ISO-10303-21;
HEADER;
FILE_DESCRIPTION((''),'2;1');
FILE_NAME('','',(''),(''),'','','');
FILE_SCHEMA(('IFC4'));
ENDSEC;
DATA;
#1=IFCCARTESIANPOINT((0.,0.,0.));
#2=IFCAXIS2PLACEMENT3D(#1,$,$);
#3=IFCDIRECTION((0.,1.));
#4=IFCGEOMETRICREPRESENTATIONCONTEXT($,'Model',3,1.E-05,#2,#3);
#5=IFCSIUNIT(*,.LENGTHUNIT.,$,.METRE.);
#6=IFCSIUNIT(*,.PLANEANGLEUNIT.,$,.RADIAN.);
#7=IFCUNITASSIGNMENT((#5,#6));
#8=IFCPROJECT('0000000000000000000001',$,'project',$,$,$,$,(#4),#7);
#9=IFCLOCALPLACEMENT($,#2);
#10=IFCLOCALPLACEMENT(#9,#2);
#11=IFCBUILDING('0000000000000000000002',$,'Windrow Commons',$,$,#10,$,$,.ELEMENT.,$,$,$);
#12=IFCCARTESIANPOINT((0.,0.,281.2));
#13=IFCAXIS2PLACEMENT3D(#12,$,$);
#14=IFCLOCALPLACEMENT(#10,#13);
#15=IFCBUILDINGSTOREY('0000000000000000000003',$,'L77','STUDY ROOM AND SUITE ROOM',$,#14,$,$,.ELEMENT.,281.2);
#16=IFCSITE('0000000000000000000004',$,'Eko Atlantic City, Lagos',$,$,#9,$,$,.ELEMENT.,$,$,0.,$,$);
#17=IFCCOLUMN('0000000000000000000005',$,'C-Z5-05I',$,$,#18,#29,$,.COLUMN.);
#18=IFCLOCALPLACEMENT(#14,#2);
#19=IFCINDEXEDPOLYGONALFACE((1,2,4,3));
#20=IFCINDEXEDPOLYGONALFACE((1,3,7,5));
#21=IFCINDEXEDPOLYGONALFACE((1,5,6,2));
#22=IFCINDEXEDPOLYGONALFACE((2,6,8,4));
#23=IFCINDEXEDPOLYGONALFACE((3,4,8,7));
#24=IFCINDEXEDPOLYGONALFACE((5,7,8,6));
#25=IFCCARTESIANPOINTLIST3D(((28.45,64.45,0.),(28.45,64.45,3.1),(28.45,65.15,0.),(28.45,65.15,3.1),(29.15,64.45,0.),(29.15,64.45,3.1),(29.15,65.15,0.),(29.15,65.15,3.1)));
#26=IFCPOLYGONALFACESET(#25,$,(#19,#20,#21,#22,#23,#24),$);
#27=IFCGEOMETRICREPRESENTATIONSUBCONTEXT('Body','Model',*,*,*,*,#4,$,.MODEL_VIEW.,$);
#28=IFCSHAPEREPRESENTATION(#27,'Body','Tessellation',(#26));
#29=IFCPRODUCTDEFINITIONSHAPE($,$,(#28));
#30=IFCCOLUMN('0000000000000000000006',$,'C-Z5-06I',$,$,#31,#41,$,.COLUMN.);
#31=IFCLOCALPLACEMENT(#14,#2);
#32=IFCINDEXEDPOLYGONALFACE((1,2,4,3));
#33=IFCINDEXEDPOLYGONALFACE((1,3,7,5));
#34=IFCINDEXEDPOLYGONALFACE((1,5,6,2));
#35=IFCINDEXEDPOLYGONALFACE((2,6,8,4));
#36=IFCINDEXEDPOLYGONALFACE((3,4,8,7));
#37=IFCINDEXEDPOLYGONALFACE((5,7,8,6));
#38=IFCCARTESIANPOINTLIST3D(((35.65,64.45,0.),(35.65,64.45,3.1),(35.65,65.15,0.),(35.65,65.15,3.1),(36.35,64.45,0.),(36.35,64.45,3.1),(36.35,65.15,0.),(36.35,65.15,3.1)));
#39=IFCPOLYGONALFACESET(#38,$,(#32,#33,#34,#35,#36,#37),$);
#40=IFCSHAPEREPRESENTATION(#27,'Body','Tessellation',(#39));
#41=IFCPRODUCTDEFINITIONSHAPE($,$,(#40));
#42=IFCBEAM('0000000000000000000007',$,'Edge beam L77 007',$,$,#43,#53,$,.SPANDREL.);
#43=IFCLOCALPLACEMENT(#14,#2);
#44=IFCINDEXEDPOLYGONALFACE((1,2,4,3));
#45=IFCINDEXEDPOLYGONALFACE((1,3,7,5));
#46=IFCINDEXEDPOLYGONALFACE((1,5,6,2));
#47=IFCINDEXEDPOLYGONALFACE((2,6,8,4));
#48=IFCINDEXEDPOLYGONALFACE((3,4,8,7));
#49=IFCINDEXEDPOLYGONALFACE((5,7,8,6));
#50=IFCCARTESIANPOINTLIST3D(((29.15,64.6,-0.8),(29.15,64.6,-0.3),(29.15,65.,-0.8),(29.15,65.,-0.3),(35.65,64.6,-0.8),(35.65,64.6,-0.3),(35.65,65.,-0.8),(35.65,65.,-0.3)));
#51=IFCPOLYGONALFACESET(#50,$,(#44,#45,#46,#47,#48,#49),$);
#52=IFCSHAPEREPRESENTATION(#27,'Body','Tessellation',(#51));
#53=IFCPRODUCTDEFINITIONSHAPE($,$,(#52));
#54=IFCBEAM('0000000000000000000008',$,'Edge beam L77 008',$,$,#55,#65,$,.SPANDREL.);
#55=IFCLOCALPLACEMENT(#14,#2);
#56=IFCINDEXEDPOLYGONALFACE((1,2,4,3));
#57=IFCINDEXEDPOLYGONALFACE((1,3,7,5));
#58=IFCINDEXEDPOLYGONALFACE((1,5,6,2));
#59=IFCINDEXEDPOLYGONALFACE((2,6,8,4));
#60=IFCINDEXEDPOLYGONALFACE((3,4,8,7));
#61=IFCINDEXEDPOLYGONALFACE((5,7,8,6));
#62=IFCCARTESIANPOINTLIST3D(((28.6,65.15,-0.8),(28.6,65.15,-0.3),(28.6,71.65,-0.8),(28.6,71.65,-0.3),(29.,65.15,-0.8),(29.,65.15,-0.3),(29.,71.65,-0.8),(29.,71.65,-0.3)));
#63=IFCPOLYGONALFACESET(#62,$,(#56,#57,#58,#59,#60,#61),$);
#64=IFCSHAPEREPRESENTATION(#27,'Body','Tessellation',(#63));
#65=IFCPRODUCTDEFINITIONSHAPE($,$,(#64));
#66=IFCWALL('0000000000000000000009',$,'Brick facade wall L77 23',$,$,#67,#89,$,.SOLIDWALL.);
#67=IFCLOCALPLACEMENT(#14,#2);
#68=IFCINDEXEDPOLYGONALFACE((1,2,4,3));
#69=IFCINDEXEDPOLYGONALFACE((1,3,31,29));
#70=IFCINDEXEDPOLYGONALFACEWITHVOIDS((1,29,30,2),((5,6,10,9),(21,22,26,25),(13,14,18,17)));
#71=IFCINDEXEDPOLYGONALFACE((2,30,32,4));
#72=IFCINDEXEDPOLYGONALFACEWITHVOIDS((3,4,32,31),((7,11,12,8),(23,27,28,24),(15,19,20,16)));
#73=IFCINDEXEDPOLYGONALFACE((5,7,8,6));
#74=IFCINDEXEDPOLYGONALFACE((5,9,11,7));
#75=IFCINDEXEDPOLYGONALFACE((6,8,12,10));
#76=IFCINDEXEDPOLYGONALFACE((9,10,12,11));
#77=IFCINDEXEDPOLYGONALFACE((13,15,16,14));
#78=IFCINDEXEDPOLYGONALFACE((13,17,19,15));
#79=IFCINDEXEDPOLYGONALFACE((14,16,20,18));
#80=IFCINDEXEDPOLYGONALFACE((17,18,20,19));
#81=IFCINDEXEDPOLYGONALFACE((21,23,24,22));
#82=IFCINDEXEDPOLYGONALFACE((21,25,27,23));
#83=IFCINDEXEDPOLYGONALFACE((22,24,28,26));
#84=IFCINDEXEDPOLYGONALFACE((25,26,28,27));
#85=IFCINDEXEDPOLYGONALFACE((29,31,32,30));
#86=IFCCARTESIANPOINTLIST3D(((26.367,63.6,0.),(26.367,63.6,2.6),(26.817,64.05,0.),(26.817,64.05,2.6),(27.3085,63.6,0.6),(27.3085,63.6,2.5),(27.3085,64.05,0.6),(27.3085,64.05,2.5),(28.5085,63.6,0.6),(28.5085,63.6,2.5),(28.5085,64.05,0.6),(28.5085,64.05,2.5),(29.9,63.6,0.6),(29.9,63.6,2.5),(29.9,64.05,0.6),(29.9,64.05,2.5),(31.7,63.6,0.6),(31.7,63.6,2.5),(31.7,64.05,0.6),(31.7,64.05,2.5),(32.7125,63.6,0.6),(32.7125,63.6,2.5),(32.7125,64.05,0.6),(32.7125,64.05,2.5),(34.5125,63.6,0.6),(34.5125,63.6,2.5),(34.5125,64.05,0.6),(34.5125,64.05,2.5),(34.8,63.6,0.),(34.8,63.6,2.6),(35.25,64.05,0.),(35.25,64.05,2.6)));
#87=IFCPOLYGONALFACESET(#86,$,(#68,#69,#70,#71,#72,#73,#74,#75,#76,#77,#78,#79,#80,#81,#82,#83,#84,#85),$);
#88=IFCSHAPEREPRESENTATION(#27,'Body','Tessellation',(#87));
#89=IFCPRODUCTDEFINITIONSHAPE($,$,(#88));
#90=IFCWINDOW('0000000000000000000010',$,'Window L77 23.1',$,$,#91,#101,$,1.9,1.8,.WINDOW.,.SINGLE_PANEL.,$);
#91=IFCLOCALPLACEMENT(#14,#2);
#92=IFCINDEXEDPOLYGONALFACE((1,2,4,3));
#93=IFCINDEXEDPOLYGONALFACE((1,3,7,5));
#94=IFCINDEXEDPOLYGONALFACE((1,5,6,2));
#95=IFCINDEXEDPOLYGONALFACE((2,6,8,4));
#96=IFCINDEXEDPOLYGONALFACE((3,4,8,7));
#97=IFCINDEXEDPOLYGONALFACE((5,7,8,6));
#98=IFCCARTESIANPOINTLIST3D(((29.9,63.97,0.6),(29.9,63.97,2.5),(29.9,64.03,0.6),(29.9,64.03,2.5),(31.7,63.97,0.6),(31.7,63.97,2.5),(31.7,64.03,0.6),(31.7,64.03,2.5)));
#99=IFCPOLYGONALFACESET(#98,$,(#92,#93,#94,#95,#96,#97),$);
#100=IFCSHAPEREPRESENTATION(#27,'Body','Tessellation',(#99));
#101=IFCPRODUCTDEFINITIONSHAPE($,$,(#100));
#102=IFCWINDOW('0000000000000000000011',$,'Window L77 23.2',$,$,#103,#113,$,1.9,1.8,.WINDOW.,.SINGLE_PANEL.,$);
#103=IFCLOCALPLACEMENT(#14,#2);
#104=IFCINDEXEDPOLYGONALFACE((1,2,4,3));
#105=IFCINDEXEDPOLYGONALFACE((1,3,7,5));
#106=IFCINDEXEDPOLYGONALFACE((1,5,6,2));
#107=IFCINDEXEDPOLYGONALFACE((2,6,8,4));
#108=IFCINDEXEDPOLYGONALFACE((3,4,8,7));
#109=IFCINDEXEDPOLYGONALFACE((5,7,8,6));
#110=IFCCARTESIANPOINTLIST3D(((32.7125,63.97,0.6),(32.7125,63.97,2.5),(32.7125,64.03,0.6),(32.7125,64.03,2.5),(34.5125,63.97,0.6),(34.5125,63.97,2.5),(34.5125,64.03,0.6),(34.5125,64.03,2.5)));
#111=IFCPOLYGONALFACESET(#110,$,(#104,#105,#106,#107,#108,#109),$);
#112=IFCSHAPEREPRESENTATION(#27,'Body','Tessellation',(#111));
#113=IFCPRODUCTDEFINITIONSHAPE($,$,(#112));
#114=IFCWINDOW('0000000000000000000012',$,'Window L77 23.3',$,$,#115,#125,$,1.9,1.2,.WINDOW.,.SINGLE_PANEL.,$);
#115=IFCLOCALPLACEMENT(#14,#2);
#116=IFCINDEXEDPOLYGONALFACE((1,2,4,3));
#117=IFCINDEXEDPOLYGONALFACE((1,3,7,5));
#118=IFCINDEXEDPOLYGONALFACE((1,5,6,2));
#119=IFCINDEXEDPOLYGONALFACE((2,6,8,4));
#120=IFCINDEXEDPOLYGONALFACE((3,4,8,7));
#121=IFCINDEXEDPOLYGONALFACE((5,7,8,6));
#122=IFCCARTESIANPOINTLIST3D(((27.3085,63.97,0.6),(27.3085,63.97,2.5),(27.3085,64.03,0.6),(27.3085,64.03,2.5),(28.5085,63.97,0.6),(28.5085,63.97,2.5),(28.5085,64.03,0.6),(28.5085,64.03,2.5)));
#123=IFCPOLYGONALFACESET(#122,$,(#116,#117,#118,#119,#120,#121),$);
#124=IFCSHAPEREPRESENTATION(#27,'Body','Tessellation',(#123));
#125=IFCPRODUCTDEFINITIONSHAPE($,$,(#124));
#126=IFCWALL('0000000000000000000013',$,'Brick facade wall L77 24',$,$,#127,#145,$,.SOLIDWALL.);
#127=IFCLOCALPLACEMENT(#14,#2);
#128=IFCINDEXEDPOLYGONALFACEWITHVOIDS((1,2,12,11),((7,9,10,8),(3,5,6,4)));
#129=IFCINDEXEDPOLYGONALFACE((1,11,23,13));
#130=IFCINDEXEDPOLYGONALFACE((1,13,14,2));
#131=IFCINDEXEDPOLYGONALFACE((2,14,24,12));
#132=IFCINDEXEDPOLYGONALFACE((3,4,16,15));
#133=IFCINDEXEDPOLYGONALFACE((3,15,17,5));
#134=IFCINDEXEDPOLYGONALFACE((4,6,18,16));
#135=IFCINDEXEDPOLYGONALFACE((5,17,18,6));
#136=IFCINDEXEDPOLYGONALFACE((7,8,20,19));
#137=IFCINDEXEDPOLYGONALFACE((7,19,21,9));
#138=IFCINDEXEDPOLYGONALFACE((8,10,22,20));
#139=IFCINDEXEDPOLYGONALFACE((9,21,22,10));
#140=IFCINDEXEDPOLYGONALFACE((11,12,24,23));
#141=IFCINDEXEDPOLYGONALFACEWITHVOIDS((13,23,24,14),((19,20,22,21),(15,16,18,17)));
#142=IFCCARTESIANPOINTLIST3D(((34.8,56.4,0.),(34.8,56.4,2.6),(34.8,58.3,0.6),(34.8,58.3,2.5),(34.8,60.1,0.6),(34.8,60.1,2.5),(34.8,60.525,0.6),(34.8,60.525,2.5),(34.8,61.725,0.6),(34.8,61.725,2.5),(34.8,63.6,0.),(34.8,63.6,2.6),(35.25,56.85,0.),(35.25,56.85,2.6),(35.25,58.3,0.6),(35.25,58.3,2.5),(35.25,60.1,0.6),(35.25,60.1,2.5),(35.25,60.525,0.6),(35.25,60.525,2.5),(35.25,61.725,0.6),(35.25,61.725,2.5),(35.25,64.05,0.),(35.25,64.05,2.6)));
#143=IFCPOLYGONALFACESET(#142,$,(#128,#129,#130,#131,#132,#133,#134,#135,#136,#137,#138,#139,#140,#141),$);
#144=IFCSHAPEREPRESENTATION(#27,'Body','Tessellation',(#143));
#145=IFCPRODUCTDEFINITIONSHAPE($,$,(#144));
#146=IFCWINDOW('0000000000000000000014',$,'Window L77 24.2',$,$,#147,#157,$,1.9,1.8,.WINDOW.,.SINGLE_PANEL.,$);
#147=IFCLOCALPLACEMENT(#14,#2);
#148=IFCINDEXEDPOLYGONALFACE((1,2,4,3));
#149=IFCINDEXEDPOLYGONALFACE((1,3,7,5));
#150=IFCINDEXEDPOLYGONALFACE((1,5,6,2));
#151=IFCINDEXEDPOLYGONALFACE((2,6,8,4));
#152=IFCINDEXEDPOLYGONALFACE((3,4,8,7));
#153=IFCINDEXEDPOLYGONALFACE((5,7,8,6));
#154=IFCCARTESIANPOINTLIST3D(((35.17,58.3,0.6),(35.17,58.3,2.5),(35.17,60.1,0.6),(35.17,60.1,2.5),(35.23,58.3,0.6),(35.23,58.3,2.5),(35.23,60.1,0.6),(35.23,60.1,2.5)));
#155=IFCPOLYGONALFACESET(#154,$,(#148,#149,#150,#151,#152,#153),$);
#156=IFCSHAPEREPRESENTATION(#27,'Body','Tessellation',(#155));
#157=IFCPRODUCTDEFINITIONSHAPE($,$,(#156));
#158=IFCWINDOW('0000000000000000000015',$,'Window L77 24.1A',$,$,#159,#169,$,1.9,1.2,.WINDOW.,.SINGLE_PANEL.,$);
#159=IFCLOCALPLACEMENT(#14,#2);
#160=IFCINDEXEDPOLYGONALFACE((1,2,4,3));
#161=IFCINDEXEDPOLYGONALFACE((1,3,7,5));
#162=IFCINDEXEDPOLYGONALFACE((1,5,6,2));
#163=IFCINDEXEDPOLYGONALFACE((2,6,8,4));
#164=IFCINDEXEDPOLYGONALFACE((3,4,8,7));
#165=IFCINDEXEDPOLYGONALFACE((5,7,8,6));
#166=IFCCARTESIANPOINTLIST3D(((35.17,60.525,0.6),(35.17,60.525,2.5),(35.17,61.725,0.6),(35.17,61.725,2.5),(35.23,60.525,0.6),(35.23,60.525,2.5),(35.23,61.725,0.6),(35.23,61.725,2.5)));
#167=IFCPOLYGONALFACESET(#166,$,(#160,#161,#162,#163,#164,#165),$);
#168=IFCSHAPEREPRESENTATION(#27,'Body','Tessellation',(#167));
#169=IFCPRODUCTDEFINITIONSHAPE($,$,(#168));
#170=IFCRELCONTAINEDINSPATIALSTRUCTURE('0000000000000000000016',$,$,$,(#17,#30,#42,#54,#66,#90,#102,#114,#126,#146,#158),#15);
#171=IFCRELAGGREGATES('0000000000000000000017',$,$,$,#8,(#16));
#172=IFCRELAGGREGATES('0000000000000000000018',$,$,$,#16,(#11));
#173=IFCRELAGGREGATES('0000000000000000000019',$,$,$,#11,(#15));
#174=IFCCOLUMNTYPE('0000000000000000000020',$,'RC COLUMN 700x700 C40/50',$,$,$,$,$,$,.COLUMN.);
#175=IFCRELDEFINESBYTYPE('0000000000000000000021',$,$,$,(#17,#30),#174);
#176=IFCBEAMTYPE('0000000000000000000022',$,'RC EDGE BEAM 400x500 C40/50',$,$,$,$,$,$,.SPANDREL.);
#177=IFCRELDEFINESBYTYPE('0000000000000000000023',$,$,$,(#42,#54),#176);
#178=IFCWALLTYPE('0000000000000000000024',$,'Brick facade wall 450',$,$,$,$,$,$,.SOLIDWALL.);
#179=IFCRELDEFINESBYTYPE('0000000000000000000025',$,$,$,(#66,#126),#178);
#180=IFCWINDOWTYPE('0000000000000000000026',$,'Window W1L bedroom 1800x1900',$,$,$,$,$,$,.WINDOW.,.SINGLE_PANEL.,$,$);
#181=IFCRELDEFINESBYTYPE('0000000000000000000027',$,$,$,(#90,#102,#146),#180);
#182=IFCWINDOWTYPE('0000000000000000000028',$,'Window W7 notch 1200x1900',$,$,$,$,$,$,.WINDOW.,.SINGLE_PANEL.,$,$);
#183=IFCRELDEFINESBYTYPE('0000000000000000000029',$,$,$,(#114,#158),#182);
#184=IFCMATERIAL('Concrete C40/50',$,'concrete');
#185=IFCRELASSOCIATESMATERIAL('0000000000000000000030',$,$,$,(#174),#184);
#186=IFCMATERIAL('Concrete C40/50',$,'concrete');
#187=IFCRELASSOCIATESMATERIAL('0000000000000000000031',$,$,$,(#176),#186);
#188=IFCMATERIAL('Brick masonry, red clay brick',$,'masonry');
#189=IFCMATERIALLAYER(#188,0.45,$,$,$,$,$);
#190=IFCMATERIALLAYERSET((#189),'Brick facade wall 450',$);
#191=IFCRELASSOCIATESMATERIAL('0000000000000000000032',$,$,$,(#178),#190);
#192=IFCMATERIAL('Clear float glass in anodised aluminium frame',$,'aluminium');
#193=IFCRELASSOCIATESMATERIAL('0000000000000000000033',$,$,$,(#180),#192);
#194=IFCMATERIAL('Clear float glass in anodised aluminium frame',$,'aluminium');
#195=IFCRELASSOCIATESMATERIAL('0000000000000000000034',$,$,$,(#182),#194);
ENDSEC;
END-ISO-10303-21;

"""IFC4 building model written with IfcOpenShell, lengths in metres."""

from ifc_helpers import new_model, si_unit, direction, frame, frame_2d, origin, origin_2d, place, context, subcontext, project, spatial, polyline, rectangle, outline, extrude, material, layer, layer_set, material_profile, profile_set, type_object, element, fill, save


model = new_model("IFC4")

# Units and contexts
model_context = context("Model", 3, precision=1e-05, world=origin(), true_north=direction((0.0, 1.0)))
body_context = subcontext(model_context, "Body", "Model", "MODEL_VIEW")
ifc_project = project(units=[si_unit("LENGTHUNIT", "METRE"), si_unit("PLANEANGLEUNIT", "RADIAN")], contexts=[model_context])

# Site, building, storey
site_placement = place(None, origin())
site = spatial("IfcSite", under=ifc_project, at=site_placement, Name="Eko Atlantic City, Lagos", CompositionType="ELEMENT", RefElevation=0.0)
building_placement = place(site_placement, origin())
building = spatial("IfcBuilding", under=site, at=building_placement, Name="Windrow Commons", CompositionType="ELEMENT")
storey_placement = place(building_placement, frame((0.0, 0.0, 281.2)))
storey = spatial("IfcBuildingStorey", under=building, at=storey_placement, Name="L77", Description="STUDY ROOM AND SUITE ROOM", CompositionType="ELEMENT", Elevation=281.2)

# Columns
ifc_material_1 = material(Name="Concrete C40/50", Category="concrete")
ifc_material_profile_1 = material_profile(ifc_material_1, rectangle(XDim=0.7, YDim=0.7, at=origin_2d()))
ifc_profile_set_1 = profile_set([ifc_material_profile_1], Name="Concrete C40/50")
column_type = type_object("IfcColumnType", Name="RC COLUMN 700x700 C40/50", PredefinedType="COLUMN", material=ifc_profile_set_1)
for number, where, z_axis, x_axis, name in (
    (1, (28.8, 64.8, 0.0), (0.0, 0.0, 1.0), (1.0, 0.0, 0.0), "C-Z5-05I"),
    (2, (36.0, 64.8, 0.0), (0.0, 0.0, 1.0), (1.0, 0.0, 0.0), "C-Z5-06I"),
):
    element("IfcColumn", number, at=place(storey_placement, frame(where, z_axis=z_axis, x_axis=x_axis)), inside=storey, type_object=column_type, Name=name, PredefinedType="COLUMN", context=body_context, shape_type="SweptSolid", body=[
        extrude(rectangle(XDim=0.7, YDim=0.7, at=origin_2d()), origin(), (0.0, 0.0, 1.0), 3.1),
    ])

# Beams
ifc_material_2 = material(Name="Concrete C40/50", Category="concrete")
ifc_material_profile_2 = material_profile(ifc_material_2, rectangle(XDim=0.4, YDim=0.5, at=origin_2d()))
ifc_profile_set_2 = profile_set([ifc_material_profile_2], Name="Concrete C40/50")
beam_type = type_object("IfcBeamType", Name="RC EDGE BEAM 400x500 C40/50", PredefinedType="SPANDREL", material=ifc_profile_set_2)
for number, where, z_axis, x_axis, name in (
    (3, (35.65, 64.8, -0.55), (-1.0, 0.0, 0.0), (0.0, -1.0, 0.0), "Edge beam L77 007"),
    (4, (28.8, 65.15, -0.55), (0.0, 1.0, 0.0), (-1.0, 0.0, 0.0), "Edge beam L77 008"),
):
    element("IfcBeam", number, at=place(storey_placement, frame(where, z_axis=z_axis, x_axis=x_axis)), inside=storey, type_object=beam_type, Name=name, PredefinedType="SPANDREL", context=body_context, shape_type="SweptSolid", body=[
        extrude(rectangle(XDim=0.4, YDim=0.5, at=origin_2d()), origin(), (0.0, 0.0, 1.0), 6.5),
    ])

# Walls, openings, windows
ifc_material_3 = material(Name="Brick masonry, red clay brick", Category="masonry")
ifc_layer_1 = layer(ifc_material_3, 0.45)
ifc_layer_set_1 = layer_set([ifc_layer_1], Name="Brick facade wall 450")
wall_type_1 = type_object("IfcWallType", Name="Brick facade wall 450", PredefinedType="SOLIDWALL", material=ifc_layer_set_1)
wall_1_placement = place(storey_placement, frame((26.592, 63.825, 0.0), z_axis=(0.0, 0.0, 1.0), x_axis=(1.0, 0.0, 0.0)))
wall_1 = element("IfcWall", 5, at=wall_1_placement, inside=storey, type_object=wall_type_1, Name="Brick facade wall L77 23", PredefinedType="SOLIDWALL", context=body_context, shape_type="SweptSolid", body=[
    extrude(outline(polyline([(-0.225, -0.225), (8.208, -0.225), (8.658, 0.225), (0.225, 0.225), (-0.225, -0.225)])), origin(), (0.0, 0.0, 1.0), 2.6),
])
opening_1_placement = place(wall_1_placement, frame((3.308, 0.0, 0.6)))
opening_1 = element("IfcOpeningElement", 6, at=opening_1_placement, cuts=wall_1, PredefinedType="OPENING", context=body_context, shape_type="SweptSolid", body=[
    extrude(rectangle(XDim=1.8, YDim=1.9, at=frame_2d((0.9, 0.95))), frame((0.0, 0.235, 0.0), z_axis=(0.0, -1.0, 0.0), x_axis=(1.0, 0.0, 0.0)), (0.0, 0.0, 1.0), 0.47),
])
opening_2_placement = place(wall_1_placement, frame((6.1205, 0.0, 0.6)))
opening_2 = element("IfcOpeningElement", 7, at=opening_2_placement, cuts=wall_1, PredefinedType="OPENING", context=body_context, shape_type="SweptSolid", body=[
    extrude(rectangle(XDim=1.8, YDim=1.9, at=frame_2d((0.9, 0.95))), frame((0.0, 0.235, 0.0), z_axis=(0.0, -1.0, 0.0), x_axis=(1.0, 0.0, 0.0)), (0.0, 0.0, 1.0), 0.47),
])
opening_3_placement = place(wall_1_placement, frame((0.7165, 0.0, 0.6)))
opening_3 = element("IfcOpeningElement", 8, at=opening_3_placement, cuts=wall_1, PredefinedType="OPENING", context=body_context, shape_type="SweptSolid", body=[
    extrude(rectangle(XDim=1.2, YDim=1.9, at=frame_2d((0.6, 0.95))), frame((0.0, 0.235, 0.0), z_axis=(0.0, -1.0, 0.0), x_axis=(1.0, 0.0, 0.0)), (0.0, 0.0, 1.0), 0.47),
])
ifc_material_4 = material(Name="Clear float glass in anodised aluminium frame", Category="aluminium")
window_type_1 = type_object("IfcWindowType", Name="Window W1L bedroom 1800x1900", PartitioningType="SINGLE_PANEL", PredefinedType="WINDOW", material=ifc_material_4)
window_1_placement = place(opening_1_placement, origin())
window_1 = element("IfcWindow", 9, at=window_1_placement, inside=storey, type_object=window_type_1, Name="Window L77 23.1", OverallHeight=1.9, OverallWidth=1.8, PartitioningType="SINGLE_PANEL", PredefinedType="WINDOW", context=body_context, shape_type="SweptSolid", body=[
    extrude(rectangle(XDim=1.8, YDim=1.9, at=frame_2d((0.9, 0.95))), frame((0.0, 0.205, 0.0), z_axis=(0.0, -1.0, 0.0), x_axis=(1.0, 0.0, 0.0)), (0.0, 0.0, 1.0), 0.06),
])
fill(opening_1, window_1)
window_2_placement = place(opening_2_placement, origin())
window_2 = element("IfcWindow", 10, at=window_2_placement, inside=storey, type_object=window_type_1, Name="Window L77 23.2", OverallHeight=1.9, OverallWidth=1.8, PartitioningType="SINGLE_PANEL", PredefinedType="WINDOW", context=body_context, shape_type="SweptSolid", body=[
    extrude(rectangle(XDim=1.8, YDim=1.9, at=frame_2d((0.9, 0.95))), frame((0.0, 0.205, 0.0), z_axis=(0.0, -1.0, 0.0), x_axis=(1.0, 0.0, 0.0)), (0.0, 0.0, 1.0), 0.06),
])
fill(opening_2, window_2)
ifc_material_5 = material(Name="Clear float glass in anodised aluminium frame", Category="aluminium")
window_type_2 = type_object("IfcWindowType", Name="Window W7 notch 1200x1900", PartitioningType="SINGLE_PANEL", PredefinedType="WINDOW", material=ifc_material_5)
window_3_placement = place(opening_3_placement, origin())
window_3 = element("IfcWindow", 11, at=window_3_placement, inside=storey, type_object=window_type_2, Name="Window L77 23.3", OverallHeight=1.9, OverallWidth=1.2, PartitioningType="SINGLE_PANEL", PredefinedType="WINDOW", context=body_context, shape_type="SweptSolid", body=[
    extrude(rectangle(XDim=1.2, YDim=1.9, at=frame_2d((0.6, 0.95))), frame((0.0, 0.205, 0.0), z_axis=(0.0, -1.0, 0.0), x_axis=(1.0, 0.0, 0.0)), (0.0, 0.0, 1.0), 0.06),
])
fill(opening_3, window_3)
wall_2_placement = place(storey_placement, frame((35.025, 63.825, 0.0), z_axis=(0.0, 0.0, 1.0), x_axis=(0.0, -1.0, 0.0)))
wall_2 = element("IfcWall", 12, at=wall_2_placement, inside=storey, type_object=wall_type_1, Name="Brick facade wall L77 24", PredefinedType="SOLIDWALL", context=body_context, shape_type="SweptSolid", body=[
    extrude(outline(polyline([(0.225, -0.225), (7.425, -0.225), (6.975, 0.225), (-0.225, 0.225), (0.225, -0.225)])), origin(), (0.0, 0.0, 1.0), 2.6),
])
opening_4_placement = place(wall_2_placement, frame((3.725, 0.0, 0.6)))
opening_4 = element("IfcOpeningElement", 13, at=opening_4_placement, cuts=wall_2, PredefinedType="OPENING", context=body_context, shape_type="SweptSolid", body=[
    extrude(rectangle(XDim=1.8, YDim=1.9, at=frame_2d((0.9, 0.95))), frame((0.0, 0.235, 0.0), z_axis=(0.0, -1.0, 0.0), x_axis=(1.0, 0.0, 0.0)), (0.0, 0.0, 1.0), 0.47),
])
opening_5_placement = place(wall_2_placement, frame((2.1, 0.0, 0.6)))
opening_5 = element("IfcOpeningElement", 14, at=opening_5_placement, cuts=wall_2, PredefinedType="OPENING", context=body_context, shape_type="SweptSolid", body=[
    extrude(rectangle(XDim=1.2, YDim=1.9, at=frame_2d((0.6, 0.95))), frame((0.0, 0.235, 0.0), z_axis=(0.0, -1.0, 0.0), x_axis=(1.0, 0.0, 0.0)), (0.0, 0.0, 1.0), 0.47),
])
window_4_placement = place(opening_4_placement, origin())
window_4 = element("IfcWindow", 15, at=window_4_placement, inside=storey, type_object=window_type_1, Name="Window L77 24.2", OverallHeight=1.9, OverallWidth=1.8, PartitioningType="SINGLE_PANEL", PredefinedType="WINDOW", context=body_context, shape_type="SweptSolid", body=[
    extrude(rectangle(XDim=1.8, YDim=1.9, at=frame_2d((0.9, 0.95))), frame((0.0, 0.205, 0.0), z_axis=(0.0, -1.0, 0.0), x_axis=(1.0, 0.0, 0.0)), (0.0, 0.0, 1.0), 0.06),
])
fill(opening_4, window_4)
window_5_placement = place(opening_5_placement, origin())
window_5 = element("IfcWindow", 16, at=window_5_placement, inside=storey, type_object=window_type_2, Name="Window L77 24.1A", OverallHeight=1.9, OverallWidth=1.2, PartitioningType="SINGLE_PANEL", PredefinedType="WINDOW", context=body_context, shape_type="SweptSolid", body=[
    extrude(rectangle(XDim=1.2, YDim=1.9, at=frame_2d((0.6, 0.95))), frame((0.0, 0.205, 0.0), z_axis=(0.0, -1.0, 0.0), x_axis=(1.0, 0.0, 0.0)), (0.0, 0.0, 1.0), 0.06),
])
fill(opening_5, window_5)

save(model, "model.ifc")
